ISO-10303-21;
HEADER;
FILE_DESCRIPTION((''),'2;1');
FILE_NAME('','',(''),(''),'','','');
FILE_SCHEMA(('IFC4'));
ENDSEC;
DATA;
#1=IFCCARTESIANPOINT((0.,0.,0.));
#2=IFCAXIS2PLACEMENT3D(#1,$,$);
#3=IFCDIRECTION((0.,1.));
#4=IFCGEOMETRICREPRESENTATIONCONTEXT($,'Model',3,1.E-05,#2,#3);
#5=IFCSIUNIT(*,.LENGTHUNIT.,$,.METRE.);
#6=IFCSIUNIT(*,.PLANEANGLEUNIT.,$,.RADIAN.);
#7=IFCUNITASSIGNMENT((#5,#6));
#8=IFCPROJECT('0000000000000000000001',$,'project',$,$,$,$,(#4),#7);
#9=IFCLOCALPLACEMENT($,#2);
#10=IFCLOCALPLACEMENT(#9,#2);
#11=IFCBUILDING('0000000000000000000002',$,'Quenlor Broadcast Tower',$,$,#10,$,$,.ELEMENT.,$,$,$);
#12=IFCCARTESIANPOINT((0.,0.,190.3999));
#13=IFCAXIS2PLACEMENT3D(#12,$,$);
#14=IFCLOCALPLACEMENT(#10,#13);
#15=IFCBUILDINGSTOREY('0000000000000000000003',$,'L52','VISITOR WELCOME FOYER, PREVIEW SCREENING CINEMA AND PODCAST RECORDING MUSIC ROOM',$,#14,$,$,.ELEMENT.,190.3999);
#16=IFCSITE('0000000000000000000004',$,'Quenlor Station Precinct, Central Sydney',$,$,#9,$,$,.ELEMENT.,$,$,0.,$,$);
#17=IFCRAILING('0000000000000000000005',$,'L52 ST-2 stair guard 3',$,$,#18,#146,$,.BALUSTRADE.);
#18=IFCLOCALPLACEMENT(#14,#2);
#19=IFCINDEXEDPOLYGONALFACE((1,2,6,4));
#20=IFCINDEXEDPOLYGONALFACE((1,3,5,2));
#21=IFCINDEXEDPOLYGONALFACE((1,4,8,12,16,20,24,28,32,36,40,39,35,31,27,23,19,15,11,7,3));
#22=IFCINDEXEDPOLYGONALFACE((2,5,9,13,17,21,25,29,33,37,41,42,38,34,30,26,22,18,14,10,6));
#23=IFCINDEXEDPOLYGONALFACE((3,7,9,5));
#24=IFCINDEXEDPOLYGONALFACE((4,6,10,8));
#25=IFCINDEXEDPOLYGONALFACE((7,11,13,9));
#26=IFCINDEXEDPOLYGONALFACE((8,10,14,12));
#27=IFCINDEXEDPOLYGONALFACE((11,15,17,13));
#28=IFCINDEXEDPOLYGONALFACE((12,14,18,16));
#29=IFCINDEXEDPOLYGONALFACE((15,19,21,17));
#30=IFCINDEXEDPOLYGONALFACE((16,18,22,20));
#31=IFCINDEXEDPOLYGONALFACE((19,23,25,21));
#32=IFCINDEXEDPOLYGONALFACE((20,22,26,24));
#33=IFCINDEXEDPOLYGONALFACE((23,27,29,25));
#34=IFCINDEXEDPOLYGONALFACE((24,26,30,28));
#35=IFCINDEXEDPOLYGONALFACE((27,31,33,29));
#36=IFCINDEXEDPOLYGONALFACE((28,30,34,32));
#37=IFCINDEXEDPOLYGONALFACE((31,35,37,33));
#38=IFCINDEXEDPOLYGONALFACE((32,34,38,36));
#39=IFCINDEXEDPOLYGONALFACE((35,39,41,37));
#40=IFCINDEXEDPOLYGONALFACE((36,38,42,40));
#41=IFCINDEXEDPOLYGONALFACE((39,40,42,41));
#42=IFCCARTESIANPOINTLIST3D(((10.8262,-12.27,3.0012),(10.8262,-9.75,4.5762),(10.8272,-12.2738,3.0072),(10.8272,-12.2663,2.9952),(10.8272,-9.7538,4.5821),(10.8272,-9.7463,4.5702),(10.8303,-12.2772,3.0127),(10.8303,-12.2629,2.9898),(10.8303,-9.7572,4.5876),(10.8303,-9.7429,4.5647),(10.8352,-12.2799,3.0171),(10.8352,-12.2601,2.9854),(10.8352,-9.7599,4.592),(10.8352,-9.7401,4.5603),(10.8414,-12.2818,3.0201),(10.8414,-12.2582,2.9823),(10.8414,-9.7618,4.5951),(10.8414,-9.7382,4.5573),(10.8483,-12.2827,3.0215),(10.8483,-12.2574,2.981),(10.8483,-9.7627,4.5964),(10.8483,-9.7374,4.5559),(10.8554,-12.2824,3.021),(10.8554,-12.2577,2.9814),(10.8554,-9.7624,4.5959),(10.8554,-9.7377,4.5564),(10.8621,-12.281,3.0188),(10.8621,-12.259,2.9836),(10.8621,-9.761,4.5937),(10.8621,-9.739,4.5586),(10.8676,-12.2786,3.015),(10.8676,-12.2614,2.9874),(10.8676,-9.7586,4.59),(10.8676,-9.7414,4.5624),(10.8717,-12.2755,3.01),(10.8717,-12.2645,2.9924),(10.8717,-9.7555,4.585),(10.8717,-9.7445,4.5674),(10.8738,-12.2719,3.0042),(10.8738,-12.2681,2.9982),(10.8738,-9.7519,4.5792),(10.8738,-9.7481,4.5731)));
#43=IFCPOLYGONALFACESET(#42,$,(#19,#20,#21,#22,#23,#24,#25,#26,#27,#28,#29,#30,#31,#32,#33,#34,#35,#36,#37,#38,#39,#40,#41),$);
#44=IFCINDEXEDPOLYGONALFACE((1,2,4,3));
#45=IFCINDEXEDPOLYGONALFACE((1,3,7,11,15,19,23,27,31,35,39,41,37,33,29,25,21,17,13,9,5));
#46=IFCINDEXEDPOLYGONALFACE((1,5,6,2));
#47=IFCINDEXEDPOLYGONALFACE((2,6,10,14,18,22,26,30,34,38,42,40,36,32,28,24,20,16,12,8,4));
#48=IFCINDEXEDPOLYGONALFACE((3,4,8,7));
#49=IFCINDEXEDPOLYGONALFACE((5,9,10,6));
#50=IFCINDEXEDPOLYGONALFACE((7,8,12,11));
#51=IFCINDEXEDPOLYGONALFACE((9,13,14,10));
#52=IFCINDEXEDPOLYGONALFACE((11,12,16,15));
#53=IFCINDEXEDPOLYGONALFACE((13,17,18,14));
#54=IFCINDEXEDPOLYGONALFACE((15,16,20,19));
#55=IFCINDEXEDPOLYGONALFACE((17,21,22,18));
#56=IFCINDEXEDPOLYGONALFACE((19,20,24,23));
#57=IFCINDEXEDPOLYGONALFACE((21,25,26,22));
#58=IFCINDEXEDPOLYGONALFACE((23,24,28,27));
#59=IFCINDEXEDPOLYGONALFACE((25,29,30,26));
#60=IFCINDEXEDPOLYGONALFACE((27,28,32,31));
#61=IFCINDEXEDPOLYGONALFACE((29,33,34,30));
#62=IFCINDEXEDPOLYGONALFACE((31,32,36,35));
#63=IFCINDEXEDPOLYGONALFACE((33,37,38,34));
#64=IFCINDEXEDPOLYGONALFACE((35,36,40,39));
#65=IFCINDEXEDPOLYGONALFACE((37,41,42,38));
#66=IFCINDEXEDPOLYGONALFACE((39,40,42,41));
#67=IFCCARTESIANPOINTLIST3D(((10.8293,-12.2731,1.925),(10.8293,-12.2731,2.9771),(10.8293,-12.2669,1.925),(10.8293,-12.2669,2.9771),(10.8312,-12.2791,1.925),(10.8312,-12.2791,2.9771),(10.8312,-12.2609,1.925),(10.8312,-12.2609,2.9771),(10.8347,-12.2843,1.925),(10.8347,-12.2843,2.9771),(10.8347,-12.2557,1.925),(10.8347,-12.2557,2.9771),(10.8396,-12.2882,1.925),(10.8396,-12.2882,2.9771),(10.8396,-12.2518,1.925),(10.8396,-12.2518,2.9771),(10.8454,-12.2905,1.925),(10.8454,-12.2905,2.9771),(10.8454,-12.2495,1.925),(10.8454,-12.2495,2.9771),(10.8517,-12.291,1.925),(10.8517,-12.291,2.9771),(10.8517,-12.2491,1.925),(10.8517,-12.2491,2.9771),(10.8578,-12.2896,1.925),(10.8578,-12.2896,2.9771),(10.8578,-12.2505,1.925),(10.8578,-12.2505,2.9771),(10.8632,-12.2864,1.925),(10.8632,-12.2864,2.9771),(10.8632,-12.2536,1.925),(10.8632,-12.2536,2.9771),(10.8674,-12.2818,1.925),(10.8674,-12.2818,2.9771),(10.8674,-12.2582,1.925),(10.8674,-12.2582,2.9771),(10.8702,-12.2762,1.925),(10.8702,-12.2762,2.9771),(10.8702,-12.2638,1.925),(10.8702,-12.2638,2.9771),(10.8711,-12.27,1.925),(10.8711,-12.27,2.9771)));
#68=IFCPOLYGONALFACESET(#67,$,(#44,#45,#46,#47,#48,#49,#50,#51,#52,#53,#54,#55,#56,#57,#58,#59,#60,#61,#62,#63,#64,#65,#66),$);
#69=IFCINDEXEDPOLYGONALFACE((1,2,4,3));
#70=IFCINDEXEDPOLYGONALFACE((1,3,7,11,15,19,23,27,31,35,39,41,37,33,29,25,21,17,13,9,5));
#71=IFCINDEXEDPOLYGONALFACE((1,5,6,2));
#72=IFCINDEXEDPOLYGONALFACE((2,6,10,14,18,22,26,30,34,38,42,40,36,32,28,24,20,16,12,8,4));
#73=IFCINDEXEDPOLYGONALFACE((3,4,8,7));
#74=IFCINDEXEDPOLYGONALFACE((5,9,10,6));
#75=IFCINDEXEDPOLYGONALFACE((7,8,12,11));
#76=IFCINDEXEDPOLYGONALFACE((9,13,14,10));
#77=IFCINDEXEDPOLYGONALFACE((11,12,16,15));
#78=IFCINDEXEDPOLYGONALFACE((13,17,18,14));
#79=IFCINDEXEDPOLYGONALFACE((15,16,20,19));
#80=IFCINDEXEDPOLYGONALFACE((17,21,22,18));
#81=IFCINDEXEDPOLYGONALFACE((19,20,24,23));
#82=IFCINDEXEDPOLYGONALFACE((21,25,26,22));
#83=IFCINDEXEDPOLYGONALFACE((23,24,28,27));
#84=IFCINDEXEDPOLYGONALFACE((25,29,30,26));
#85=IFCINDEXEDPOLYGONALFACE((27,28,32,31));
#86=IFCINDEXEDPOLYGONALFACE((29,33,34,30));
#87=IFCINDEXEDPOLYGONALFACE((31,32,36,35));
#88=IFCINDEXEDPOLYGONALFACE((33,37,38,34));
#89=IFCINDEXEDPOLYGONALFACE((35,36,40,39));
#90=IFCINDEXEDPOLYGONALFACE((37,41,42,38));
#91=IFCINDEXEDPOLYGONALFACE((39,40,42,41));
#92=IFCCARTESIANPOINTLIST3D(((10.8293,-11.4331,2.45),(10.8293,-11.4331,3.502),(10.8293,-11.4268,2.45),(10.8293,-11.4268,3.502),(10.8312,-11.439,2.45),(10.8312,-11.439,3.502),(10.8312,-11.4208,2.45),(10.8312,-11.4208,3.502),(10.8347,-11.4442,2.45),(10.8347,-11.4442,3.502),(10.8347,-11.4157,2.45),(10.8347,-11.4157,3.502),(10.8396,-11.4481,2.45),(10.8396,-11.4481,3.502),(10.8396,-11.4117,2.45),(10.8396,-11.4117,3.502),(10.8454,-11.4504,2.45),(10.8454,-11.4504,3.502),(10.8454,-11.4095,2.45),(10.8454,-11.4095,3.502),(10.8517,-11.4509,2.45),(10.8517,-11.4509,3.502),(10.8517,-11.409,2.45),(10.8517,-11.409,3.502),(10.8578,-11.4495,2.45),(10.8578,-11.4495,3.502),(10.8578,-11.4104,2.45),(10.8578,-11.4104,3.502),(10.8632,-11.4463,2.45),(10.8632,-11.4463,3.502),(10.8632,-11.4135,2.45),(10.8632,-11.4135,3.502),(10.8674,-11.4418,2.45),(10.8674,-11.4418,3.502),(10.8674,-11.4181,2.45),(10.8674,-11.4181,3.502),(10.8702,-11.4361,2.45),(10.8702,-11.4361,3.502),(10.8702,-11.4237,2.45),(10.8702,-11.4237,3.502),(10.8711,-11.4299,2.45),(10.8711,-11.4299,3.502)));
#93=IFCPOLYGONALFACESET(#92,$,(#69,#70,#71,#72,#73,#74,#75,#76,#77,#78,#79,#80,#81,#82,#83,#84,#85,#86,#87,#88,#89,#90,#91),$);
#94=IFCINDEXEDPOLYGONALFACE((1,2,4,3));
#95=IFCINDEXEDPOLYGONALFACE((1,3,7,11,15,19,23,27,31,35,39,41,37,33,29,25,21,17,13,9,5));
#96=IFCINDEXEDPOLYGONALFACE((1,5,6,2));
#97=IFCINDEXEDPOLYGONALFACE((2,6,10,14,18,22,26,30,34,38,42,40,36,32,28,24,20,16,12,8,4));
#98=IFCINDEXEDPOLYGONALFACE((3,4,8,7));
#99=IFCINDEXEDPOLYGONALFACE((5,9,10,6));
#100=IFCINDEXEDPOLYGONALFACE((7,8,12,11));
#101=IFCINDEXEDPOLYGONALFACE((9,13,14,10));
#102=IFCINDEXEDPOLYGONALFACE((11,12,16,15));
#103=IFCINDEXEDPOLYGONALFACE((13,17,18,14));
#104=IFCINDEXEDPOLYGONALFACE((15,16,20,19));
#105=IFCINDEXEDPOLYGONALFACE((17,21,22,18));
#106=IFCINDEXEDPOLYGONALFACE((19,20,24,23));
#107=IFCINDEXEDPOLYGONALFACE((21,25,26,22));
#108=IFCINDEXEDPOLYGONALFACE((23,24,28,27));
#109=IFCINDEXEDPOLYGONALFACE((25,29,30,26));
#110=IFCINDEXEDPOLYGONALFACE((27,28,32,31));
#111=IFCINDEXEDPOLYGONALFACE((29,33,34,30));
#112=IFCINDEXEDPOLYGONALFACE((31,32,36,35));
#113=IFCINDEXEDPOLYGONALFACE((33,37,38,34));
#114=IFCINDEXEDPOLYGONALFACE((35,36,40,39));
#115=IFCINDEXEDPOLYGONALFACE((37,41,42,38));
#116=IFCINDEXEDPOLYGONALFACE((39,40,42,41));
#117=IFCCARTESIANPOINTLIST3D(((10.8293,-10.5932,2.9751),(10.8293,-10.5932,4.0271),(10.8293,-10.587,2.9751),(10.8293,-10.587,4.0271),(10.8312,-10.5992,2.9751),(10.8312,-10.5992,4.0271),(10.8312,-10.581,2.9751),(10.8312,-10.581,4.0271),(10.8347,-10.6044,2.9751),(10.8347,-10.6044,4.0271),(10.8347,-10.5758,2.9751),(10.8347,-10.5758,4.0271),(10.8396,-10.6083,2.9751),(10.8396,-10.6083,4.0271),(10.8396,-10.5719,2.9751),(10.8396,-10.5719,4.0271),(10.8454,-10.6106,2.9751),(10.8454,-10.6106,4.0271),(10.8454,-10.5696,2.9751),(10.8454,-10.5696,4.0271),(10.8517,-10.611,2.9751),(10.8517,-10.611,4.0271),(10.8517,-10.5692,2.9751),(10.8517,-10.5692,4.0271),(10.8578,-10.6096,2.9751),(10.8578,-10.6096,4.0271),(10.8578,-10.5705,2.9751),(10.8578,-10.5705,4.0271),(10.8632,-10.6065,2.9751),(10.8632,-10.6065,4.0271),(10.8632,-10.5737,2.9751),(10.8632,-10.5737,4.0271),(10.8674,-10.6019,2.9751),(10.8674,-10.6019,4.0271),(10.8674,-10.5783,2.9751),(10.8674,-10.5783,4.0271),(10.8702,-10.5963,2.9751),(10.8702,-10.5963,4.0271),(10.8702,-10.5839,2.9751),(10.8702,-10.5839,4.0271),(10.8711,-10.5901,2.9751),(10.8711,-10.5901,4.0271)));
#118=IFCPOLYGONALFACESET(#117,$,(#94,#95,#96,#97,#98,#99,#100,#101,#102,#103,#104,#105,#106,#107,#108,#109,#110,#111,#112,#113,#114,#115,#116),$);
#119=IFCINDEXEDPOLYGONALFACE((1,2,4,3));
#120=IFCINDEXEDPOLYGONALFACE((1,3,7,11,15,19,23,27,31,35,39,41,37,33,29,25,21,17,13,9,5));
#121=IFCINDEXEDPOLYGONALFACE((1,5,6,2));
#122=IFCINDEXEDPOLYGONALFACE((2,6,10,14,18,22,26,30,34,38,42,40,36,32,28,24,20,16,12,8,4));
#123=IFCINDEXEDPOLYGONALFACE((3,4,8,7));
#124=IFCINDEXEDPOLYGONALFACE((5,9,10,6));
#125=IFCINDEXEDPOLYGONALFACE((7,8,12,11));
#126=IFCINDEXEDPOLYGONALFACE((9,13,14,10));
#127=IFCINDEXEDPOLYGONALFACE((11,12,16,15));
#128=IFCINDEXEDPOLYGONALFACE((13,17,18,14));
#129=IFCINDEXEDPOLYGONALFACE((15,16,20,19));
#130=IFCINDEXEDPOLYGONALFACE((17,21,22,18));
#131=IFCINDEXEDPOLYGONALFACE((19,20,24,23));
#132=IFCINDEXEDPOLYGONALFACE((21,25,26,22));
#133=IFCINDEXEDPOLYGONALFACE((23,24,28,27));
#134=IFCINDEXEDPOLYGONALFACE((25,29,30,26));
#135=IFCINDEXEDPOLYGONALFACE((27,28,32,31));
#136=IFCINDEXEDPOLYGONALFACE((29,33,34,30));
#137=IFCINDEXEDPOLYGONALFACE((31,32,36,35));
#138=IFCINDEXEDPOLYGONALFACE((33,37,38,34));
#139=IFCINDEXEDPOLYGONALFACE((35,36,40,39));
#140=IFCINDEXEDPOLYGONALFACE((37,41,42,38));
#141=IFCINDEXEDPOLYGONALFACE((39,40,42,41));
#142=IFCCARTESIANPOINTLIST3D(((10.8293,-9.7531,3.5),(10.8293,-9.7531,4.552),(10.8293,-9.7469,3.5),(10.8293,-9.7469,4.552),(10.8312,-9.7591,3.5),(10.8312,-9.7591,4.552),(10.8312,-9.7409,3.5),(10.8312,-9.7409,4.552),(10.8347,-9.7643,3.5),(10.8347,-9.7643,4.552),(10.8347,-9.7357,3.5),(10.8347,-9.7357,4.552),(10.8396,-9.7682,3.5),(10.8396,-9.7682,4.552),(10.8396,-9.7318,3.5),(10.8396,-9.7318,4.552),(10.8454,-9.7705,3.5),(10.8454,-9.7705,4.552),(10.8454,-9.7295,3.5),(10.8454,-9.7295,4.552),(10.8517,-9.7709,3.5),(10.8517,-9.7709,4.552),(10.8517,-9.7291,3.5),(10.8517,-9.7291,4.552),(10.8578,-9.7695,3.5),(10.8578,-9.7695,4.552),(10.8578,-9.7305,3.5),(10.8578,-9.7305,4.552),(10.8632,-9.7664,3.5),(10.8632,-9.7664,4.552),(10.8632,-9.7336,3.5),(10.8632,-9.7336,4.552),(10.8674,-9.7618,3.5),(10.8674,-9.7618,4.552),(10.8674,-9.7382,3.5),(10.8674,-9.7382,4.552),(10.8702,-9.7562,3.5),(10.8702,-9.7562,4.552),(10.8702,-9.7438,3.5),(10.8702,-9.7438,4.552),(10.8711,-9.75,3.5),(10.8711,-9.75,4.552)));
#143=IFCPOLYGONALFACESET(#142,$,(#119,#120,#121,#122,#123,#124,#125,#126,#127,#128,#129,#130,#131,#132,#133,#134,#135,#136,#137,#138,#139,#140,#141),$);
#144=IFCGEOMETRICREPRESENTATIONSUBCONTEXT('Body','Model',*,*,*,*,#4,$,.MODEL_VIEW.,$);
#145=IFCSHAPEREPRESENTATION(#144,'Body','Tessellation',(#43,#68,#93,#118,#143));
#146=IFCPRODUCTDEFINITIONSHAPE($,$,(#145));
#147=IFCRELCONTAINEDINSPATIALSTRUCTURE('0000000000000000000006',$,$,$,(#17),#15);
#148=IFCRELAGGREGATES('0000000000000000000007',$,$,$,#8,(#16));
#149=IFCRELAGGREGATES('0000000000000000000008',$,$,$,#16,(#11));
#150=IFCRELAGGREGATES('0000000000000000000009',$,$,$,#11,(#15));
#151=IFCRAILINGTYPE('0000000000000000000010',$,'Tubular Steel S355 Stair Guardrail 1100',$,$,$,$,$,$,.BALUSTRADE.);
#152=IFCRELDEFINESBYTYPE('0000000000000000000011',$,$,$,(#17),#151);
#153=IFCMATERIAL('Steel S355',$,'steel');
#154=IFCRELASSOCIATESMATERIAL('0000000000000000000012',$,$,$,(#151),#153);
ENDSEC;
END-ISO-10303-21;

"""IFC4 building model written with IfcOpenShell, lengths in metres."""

from ifc_helpers import new_model, si_unit, direction, frame, origin, origin_2d, place, context, subcontext, project, spatial, circle, extrude, material, type_object, element, save


model = new_model("IFC4")

# Units and contexts
model_context = context("Model", 3, precision=1e-05, world=origin(), true_north=direction((0.0, 1.0)))
body_context = subcontext(model_context, "Body", "Model", "MODEL_VIEW")
ifc_project = project(units=[si_unit("LENGTHUNIT", "METRE"), si_unit("PLANEANGLEUNIT", "RADIAN")], contexts=[model_context])

# Site, building, storey
site_placement = place(None, origin())
site = spatial("IfcSite", under=ifc_project, at=site_placement, Name="Quenlor Station Precinct, Central Sydney", CompositionType="ELEMENT", RefElevation=0.0)
building_placement = place(site_placement, origin())
building = spatial("IfcBuilding", under=site, at=building_placement, Name="Quenlor Broadcast Tower", CompositionType="ELEMENT")
storey_placement = place(building_placement, frame((0.0, 0.0, 190.3999)))
storey = spatial("IfcBuildingStorey", under=building, at=storey_placement, Name="L52", Description="VISITOR WELCOME FOYER, PREVIEW SCREENING CINEMA AND PODCAST RECORDING MUSIC ROOM", CompositionType="ELEMENT", Elevation=190.3999)

# Railing
ifc_material_1 = material(Name="Steel S355", Category="steel")
railing_type_1 = type_object("IfcRailingType", Name="Tubular Steel S355 Stair Guardrail 1100", PredefinedType="BALUSTRADE", material=ifc_material_1)
railing_1_placement = place(storey_placement, frame((10.8501, -12.27, 1.925)))
element("IfcRailing", 1, at=railing_1_placement, inside=storey, type_object=railing_type_1, Name="L52 ST-2 stair guard 3", PredefinedType="BALUSTRADE", context=body_context, shape_type="SweptSolid", body=[
    extrude(circle(Radius=0.0239, at=origin_2d()), frame((0.0, 0.0, 1.0762), z_axis=(0.0, 0.848008, 0.529984), x_axis=(-1.0, 0.0, 0.0)), (0.0, 0.0, 1.0), 2.9717),
    extrude(circle(Radius=0.021, at=origin_2d()), origin(), (0.0, 0.0, 1.0), 1.052),
    extrude(circle(Radius=0.021, at=origin_2d()), frame((0.0, 0.8401, 0.5249)), (0.0, 0.0, 1.0), 1.052),
    extrude(circle(Radius=0.021, at=origin_2d()), frame((0.0, 1.6799, 1.05)), (0.0, 0.0, 1.0), 1.052),
    extrude(circle(Radius=0.021, at=origin_2d()), frame((0.0, 2.52, 1.575)), (0.0, 0.0, 1.0), 1.052),
])

save(model, "model.ifc")
